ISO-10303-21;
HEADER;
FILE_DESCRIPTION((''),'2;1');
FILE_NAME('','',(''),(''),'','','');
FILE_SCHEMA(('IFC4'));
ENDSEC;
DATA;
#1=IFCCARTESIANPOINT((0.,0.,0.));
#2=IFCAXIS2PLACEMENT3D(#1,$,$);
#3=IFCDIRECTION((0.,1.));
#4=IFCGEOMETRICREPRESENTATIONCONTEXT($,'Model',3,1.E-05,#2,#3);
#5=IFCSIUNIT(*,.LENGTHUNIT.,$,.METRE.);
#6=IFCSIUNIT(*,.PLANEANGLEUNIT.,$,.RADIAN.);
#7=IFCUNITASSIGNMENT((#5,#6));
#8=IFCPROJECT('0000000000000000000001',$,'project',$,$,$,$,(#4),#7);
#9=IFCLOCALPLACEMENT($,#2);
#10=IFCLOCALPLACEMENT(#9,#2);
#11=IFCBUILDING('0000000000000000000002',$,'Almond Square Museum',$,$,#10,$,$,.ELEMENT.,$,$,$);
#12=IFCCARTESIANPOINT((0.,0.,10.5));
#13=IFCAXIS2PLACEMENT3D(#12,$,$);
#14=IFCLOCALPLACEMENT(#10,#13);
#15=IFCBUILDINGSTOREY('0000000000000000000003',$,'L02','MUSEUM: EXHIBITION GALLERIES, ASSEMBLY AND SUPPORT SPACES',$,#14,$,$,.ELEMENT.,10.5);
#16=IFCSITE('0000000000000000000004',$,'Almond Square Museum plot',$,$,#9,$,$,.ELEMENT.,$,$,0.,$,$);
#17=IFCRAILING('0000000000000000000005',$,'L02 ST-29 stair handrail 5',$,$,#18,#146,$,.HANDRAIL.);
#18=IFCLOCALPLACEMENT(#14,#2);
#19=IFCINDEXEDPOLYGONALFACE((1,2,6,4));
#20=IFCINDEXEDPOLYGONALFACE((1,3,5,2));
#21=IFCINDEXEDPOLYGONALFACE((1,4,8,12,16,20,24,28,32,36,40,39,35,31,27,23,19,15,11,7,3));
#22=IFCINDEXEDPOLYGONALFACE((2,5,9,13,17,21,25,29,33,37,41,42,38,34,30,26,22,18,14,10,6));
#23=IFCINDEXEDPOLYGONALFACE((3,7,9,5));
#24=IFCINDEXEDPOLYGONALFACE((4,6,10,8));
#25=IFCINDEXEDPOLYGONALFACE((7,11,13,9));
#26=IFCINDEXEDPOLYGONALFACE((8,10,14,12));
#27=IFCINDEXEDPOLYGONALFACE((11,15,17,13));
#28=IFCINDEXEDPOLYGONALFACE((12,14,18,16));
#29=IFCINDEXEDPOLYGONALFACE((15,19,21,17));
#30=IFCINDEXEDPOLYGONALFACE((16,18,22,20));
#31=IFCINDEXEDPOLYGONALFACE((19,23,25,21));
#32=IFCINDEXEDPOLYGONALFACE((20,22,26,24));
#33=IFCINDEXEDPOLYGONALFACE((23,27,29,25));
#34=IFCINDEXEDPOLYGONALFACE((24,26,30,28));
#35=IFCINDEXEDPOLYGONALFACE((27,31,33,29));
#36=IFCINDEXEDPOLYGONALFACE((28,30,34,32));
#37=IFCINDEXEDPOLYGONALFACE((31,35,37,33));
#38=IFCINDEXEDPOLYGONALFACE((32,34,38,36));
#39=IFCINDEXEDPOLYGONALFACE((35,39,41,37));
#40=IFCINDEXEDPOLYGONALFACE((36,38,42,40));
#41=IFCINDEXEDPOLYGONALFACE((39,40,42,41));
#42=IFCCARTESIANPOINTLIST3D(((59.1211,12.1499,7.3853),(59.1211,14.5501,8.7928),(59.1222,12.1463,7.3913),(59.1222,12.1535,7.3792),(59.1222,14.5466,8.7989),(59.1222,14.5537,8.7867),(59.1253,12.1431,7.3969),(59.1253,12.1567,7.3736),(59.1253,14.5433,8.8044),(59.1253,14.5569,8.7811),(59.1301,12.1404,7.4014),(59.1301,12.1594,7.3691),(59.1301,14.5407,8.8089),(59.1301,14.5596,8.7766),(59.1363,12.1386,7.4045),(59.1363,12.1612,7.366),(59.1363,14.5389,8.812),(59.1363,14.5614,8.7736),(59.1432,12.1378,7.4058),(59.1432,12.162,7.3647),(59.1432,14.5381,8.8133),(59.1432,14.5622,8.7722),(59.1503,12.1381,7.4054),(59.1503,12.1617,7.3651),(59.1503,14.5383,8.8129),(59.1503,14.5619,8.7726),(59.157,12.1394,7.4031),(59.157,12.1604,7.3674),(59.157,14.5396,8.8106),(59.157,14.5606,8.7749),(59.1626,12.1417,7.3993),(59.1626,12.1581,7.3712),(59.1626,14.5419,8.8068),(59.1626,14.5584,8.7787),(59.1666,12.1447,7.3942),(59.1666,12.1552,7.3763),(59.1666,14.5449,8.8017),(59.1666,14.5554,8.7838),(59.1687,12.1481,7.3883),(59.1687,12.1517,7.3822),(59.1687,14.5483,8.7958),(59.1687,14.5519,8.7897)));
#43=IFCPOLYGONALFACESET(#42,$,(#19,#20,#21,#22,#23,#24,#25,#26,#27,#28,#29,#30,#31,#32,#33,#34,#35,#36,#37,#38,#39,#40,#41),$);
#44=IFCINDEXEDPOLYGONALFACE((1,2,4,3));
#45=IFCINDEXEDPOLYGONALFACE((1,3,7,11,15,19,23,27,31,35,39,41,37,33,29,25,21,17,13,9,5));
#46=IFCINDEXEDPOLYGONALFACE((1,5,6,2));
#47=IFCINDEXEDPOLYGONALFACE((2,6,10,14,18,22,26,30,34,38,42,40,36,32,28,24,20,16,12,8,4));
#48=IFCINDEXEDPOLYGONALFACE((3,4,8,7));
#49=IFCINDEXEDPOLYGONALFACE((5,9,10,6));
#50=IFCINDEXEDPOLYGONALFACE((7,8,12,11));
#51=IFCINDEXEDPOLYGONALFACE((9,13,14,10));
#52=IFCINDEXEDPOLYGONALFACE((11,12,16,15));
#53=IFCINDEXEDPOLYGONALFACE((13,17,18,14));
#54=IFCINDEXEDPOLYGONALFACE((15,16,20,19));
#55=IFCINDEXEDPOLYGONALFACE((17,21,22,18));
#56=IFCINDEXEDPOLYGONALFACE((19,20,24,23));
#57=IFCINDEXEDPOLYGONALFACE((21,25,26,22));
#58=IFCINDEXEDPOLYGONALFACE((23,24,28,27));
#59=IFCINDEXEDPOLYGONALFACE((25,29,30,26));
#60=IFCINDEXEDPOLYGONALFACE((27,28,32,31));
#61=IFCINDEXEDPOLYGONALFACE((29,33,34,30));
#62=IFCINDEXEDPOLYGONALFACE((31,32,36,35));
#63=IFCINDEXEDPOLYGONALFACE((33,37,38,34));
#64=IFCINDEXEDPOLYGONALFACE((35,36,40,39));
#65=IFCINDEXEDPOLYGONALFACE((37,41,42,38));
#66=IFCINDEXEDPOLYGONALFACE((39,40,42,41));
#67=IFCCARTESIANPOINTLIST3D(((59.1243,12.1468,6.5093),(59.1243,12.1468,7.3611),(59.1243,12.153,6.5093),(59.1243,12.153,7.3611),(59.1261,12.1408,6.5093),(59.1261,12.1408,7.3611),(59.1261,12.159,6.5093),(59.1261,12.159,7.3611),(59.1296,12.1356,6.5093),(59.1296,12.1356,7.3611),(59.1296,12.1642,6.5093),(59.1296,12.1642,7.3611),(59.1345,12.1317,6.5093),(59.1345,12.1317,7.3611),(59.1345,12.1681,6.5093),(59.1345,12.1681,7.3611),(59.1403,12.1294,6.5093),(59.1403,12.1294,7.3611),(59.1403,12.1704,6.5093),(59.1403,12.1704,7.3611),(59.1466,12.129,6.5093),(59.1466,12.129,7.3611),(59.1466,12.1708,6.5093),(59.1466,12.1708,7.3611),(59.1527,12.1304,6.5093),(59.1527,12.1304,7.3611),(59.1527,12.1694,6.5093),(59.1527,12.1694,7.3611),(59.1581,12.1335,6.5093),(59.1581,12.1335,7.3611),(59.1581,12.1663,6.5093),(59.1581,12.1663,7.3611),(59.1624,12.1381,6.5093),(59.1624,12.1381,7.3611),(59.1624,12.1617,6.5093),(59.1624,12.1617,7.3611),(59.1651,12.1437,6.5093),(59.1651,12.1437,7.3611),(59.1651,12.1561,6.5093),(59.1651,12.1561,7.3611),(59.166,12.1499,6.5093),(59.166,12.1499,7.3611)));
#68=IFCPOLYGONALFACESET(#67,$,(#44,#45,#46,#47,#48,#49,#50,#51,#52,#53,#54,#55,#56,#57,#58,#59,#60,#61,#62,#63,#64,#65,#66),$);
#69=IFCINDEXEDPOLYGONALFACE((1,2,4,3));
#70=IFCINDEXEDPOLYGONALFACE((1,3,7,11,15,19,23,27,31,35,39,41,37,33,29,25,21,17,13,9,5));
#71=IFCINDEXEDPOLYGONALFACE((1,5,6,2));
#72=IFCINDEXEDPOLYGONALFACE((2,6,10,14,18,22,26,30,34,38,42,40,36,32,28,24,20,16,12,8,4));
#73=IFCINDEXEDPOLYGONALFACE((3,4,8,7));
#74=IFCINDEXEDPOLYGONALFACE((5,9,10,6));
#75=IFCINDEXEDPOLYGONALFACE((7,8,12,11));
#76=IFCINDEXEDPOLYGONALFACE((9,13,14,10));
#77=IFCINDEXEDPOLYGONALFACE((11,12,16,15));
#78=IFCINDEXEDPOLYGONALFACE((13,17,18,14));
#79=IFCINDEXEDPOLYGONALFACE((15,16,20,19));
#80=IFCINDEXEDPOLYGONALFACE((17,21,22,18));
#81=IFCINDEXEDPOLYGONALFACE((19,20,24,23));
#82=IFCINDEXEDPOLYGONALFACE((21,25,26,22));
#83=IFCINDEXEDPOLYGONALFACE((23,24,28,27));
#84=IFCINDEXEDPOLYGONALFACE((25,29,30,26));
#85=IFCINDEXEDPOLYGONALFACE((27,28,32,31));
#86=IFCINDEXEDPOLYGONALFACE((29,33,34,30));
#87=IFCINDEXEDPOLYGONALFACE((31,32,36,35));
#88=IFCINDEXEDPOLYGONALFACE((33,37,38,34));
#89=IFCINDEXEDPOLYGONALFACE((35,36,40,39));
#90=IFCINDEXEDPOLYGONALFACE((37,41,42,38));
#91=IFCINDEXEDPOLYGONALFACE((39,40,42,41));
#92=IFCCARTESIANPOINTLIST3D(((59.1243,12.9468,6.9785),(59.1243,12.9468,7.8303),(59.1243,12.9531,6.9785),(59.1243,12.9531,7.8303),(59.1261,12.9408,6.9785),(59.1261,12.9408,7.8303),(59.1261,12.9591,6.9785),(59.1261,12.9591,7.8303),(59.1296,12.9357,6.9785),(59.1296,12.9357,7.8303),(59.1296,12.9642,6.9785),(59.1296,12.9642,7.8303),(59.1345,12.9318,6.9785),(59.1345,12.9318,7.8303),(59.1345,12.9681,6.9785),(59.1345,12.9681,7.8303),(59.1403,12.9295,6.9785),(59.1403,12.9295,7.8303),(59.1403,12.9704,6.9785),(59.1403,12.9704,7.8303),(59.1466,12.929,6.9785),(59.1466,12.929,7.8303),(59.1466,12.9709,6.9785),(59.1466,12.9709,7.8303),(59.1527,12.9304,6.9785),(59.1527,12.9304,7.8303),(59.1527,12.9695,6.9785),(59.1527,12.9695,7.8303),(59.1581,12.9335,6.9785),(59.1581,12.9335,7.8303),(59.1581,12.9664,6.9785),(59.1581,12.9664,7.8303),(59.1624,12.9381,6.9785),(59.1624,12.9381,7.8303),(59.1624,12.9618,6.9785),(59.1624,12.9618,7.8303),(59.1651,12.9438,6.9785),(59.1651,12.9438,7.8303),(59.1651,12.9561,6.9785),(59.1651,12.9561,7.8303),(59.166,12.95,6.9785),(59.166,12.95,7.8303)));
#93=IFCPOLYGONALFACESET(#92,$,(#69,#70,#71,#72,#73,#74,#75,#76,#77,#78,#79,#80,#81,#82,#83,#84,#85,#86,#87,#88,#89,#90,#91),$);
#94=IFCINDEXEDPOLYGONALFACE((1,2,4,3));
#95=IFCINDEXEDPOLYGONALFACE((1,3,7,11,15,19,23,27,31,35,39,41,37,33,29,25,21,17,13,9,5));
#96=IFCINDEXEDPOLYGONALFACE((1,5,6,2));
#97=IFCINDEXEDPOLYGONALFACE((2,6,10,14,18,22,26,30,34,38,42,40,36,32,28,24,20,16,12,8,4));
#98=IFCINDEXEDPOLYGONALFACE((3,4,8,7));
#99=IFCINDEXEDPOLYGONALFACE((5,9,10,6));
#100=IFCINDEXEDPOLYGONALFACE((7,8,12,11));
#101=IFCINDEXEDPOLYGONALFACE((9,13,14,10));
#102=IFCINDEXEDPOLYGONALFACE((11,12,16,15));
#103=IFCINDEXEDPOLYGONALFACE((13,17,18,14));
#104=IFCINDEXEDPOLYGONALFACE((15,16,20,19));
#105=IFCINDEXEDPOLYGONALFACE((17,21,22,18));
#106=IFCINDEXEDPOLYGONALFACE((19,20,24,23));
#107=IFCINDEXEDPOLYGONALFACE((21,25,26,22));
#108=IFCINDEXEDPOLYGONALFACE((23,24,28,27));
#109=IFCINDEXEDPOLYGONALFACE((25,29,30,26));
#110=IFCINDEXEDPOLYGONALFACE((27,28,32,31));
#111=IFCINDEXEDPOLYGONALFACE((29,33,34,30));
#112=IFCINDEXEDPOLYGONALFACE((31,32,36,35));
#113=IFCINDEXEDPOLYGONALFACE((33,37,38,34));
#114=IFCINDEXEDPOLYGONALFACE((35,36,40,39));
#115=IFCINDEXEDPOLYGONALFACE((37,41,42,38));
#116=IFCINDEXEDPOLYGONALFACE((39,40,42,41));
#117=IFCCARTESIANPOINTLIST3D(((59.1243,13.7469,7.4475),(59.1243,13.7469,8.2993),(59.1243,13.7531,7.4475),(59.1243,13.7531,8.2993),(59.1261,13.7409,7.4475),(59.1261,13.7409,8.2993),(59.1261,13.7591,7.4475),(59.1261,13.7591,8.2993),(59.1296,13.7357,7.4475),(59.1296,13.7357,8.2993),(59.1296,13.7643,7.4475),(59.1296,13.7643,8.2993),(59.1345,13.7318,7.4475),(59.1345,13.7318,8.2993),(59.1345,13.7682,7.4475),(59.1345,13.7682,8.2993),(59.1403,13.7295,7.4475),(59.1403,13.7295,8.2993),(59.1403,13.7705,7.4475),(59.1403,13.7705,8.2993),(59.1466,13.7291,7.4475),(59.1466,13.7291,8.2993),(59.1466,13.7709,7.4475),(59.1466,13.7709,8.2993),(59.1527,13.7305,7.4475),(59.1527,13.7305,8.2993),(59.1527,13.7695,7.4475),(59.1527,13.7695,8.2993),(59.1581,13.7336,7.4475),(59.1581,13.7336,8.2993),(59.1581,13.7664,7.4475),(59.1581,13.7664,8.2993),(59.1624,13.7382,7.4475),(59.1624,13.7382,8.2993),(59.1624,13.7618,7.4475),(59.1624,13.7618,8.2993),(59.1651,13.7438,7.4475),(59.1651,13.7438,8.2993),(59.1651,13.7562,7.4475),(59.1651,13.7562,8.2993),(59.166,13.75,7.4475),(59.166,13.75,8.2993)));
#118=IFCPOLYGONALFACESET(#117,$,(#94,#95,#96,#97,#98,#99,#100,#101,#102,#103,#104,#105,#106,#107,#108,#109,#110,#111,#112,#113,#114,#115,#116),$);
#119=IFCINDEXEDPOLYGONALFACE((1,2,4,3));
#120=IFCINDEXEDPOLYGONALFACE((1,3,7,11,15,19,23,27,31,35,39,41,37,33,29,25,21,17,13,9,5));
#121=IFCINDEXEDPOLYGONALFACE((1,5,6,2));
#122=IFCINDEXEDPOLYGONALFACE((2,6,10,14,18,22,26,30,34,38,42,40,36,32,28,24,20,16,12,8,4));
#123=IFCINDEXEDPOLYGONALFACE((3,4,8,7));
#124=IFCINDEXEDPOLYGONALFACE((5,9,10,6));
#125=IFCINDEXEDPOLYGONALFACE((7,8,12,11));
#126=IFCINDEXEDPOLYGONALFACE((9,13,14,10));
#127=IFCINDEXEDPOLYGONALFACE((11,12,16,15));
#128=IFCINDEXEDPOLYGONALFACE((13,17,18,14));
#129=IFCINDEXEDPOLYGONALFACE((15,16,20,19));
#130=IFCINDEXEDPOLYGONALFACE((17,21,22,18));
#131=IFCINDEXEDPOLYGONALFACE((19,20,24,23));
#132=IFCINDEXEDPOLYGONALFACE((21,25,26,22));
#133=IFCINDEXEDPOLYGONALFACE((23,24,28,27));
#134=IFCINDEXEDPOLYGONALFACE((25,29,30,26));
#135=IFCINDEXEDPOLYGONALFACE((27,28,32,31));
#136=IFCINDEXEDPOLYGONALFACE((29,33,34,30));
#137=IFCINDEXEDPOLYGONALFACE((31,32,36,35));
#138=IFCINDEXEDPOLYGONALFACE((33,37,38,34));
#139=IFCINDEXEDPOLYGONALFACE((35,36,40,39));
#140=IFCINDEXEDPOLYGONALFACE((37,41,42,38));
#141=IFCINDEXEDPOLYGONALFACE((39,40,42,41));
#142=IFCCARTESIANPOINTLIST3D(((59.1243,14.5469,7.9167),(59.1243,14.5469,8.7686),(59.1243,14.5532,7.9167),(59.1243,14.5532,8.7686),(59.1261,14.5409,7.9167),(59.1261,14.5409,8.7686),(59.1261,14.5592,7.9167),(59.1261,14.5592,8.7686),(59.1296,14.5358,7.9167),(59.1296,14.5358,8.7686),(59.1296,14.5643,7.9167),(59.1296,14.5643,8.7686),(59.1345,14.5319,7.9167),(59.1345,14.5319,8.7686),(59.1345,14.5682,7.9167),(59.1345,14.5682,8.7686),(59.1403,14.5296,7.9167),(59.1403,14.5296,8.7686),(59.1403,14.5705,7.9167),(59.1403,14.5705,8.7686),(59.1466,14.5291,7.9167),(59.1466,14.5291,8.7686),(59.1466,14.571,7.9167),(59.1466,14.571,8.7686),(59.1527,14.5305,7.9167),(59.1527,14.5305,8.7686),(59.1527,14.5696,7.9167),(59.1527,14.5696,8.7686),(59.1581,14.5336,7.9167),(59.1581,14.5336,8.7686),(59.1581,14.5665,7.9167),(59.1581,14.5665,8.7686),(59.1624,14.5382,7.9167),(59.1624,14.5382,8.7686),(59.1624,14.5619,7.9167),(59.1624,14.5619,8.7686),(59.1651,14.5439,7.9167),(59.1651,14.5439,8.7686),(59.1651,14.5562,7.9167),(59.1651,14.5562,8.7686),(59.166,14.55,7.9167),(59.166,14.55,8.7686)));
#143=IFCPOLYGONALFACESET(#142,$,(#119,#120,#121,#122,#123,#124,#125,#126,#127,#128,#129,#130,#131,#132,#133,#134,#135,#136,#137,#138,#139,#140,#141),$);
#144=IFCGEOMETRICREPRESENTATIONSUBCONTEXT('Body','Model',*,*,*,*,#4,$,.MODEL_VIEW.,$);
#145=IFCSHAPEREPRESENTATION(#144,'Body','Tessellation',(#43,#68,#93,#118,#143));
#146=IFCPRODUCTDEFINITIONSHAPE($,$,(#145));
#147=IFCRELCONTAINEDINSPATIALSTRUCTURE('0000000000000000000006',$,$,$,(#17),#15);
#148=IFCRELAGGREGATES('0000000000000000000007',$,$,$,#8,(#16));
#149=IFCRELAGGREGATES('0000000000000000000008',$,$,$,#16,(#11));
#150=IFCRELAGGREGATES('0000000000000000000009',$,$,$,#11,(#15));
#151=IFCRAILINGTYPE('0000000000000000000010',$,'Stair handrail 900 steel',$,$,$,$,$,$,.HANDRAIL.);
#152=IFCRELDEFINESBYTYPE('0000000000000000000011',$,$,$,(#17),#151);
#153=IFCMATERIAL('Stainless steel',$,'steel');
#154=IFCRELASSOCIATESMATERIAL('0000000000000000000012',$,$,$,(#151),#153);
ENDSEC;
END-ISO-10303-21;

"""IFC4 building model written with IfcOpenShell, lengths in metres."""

from ifc_helpers import new_model, si_unit, direction, frame, origin, origin_2d, place, context, subcontext, project, spatial, circle, extrude, material, type_object, element, save


model = new_model("IFC4")

# Units and contexts
model_context = context("Model", 3, precision=1e-05, world=origin(), true_north=direction((0.0, 1.0)))
body_context = subcontext(model_context, "Body", "Model", "MODEL_VIEW")
ifc_project = project(units=[si_unit("LENGTHUNIT", "METRE"), si_unit("PLANEANGLEUNIT", "RADIAN")], contexts=[model_context])

# Site, building, storey
site_placement = place(None, origin())
site = spatial("IfcSite", under=ifc_project, at=site_placement, Name="Almond Square Museum plot", CompositionType="ELEMENT", RefElevation=0.0)
building_placement = place(site_placement, origin())
building = spatial("IfcBuilding", under=site, at=building_placement, Name="Almond Square Museum", CompositionType="ELEMENT")
storey_placement = place(building_placement, frame((0.0, 0.0, 10.5)))
storey = spatial("IfcBuildingStorey", under=building, at=storey_placement, Name="L02", Description="MUSEUM: EXHIBITION GALLERIES, ASSEMBLY AND SUPPORT SPACES", CompositionType="ELEMENT", Elevation=10.5)

# Railing
ifc_material_1 = material(Name="Stainless steel", Category="steel")
railing_type_1 = type_object("IfcRailingType", Name="Stair handrail 900 steel", PredefinedType="HANDRAIL", material=ifc_material_1)
for number, where, name in (
    (1, (59.145, 12.1499, 6.5093), "L02 ST-29 stair handrail 5"),
):
    element("IfcRailing", number, at=place(storey_placement, frame(where)), inside=storey, type_object=railing_type_1, Name=name, PredefinedType="HANDRAIL", context=body_context, shape_type="SweptSolid", body=[
        extrude(circle(Radius=0.0239, at=origin_2d()), frame((0.0, 0.0, 0.876), z_axis=(0.0, 0.862621, 0.50585), x_axis=(-1.0, 0.0, 0.0)), (0.0, 0.0, 1.0), 2.7825),
        extrude(circle(Radius=0.021, at=origin_2d()), origin(), (0.0, 0.0, 1.0), 0.8518),
        extrude(circle(Radius=0.021, at=origin_2d()), frame((0.0, 0.8, 0.4692)), (0.0, 0.0, 1.0), 0.8518),
        extrude(circle(Radius=0.021, at=origin_2d()), frame((0.0, 1.6001, 0.9382)), (0.0, 0.0, 1.0), 0.8518),
        extrude(circle(Radius=0.021, at=origin_2d()), frame((0.0, 2.4001, 1.4075)), (0.0, 0.0, 1.0), 0.8518),
    ])

save(model, "model.ifc")
